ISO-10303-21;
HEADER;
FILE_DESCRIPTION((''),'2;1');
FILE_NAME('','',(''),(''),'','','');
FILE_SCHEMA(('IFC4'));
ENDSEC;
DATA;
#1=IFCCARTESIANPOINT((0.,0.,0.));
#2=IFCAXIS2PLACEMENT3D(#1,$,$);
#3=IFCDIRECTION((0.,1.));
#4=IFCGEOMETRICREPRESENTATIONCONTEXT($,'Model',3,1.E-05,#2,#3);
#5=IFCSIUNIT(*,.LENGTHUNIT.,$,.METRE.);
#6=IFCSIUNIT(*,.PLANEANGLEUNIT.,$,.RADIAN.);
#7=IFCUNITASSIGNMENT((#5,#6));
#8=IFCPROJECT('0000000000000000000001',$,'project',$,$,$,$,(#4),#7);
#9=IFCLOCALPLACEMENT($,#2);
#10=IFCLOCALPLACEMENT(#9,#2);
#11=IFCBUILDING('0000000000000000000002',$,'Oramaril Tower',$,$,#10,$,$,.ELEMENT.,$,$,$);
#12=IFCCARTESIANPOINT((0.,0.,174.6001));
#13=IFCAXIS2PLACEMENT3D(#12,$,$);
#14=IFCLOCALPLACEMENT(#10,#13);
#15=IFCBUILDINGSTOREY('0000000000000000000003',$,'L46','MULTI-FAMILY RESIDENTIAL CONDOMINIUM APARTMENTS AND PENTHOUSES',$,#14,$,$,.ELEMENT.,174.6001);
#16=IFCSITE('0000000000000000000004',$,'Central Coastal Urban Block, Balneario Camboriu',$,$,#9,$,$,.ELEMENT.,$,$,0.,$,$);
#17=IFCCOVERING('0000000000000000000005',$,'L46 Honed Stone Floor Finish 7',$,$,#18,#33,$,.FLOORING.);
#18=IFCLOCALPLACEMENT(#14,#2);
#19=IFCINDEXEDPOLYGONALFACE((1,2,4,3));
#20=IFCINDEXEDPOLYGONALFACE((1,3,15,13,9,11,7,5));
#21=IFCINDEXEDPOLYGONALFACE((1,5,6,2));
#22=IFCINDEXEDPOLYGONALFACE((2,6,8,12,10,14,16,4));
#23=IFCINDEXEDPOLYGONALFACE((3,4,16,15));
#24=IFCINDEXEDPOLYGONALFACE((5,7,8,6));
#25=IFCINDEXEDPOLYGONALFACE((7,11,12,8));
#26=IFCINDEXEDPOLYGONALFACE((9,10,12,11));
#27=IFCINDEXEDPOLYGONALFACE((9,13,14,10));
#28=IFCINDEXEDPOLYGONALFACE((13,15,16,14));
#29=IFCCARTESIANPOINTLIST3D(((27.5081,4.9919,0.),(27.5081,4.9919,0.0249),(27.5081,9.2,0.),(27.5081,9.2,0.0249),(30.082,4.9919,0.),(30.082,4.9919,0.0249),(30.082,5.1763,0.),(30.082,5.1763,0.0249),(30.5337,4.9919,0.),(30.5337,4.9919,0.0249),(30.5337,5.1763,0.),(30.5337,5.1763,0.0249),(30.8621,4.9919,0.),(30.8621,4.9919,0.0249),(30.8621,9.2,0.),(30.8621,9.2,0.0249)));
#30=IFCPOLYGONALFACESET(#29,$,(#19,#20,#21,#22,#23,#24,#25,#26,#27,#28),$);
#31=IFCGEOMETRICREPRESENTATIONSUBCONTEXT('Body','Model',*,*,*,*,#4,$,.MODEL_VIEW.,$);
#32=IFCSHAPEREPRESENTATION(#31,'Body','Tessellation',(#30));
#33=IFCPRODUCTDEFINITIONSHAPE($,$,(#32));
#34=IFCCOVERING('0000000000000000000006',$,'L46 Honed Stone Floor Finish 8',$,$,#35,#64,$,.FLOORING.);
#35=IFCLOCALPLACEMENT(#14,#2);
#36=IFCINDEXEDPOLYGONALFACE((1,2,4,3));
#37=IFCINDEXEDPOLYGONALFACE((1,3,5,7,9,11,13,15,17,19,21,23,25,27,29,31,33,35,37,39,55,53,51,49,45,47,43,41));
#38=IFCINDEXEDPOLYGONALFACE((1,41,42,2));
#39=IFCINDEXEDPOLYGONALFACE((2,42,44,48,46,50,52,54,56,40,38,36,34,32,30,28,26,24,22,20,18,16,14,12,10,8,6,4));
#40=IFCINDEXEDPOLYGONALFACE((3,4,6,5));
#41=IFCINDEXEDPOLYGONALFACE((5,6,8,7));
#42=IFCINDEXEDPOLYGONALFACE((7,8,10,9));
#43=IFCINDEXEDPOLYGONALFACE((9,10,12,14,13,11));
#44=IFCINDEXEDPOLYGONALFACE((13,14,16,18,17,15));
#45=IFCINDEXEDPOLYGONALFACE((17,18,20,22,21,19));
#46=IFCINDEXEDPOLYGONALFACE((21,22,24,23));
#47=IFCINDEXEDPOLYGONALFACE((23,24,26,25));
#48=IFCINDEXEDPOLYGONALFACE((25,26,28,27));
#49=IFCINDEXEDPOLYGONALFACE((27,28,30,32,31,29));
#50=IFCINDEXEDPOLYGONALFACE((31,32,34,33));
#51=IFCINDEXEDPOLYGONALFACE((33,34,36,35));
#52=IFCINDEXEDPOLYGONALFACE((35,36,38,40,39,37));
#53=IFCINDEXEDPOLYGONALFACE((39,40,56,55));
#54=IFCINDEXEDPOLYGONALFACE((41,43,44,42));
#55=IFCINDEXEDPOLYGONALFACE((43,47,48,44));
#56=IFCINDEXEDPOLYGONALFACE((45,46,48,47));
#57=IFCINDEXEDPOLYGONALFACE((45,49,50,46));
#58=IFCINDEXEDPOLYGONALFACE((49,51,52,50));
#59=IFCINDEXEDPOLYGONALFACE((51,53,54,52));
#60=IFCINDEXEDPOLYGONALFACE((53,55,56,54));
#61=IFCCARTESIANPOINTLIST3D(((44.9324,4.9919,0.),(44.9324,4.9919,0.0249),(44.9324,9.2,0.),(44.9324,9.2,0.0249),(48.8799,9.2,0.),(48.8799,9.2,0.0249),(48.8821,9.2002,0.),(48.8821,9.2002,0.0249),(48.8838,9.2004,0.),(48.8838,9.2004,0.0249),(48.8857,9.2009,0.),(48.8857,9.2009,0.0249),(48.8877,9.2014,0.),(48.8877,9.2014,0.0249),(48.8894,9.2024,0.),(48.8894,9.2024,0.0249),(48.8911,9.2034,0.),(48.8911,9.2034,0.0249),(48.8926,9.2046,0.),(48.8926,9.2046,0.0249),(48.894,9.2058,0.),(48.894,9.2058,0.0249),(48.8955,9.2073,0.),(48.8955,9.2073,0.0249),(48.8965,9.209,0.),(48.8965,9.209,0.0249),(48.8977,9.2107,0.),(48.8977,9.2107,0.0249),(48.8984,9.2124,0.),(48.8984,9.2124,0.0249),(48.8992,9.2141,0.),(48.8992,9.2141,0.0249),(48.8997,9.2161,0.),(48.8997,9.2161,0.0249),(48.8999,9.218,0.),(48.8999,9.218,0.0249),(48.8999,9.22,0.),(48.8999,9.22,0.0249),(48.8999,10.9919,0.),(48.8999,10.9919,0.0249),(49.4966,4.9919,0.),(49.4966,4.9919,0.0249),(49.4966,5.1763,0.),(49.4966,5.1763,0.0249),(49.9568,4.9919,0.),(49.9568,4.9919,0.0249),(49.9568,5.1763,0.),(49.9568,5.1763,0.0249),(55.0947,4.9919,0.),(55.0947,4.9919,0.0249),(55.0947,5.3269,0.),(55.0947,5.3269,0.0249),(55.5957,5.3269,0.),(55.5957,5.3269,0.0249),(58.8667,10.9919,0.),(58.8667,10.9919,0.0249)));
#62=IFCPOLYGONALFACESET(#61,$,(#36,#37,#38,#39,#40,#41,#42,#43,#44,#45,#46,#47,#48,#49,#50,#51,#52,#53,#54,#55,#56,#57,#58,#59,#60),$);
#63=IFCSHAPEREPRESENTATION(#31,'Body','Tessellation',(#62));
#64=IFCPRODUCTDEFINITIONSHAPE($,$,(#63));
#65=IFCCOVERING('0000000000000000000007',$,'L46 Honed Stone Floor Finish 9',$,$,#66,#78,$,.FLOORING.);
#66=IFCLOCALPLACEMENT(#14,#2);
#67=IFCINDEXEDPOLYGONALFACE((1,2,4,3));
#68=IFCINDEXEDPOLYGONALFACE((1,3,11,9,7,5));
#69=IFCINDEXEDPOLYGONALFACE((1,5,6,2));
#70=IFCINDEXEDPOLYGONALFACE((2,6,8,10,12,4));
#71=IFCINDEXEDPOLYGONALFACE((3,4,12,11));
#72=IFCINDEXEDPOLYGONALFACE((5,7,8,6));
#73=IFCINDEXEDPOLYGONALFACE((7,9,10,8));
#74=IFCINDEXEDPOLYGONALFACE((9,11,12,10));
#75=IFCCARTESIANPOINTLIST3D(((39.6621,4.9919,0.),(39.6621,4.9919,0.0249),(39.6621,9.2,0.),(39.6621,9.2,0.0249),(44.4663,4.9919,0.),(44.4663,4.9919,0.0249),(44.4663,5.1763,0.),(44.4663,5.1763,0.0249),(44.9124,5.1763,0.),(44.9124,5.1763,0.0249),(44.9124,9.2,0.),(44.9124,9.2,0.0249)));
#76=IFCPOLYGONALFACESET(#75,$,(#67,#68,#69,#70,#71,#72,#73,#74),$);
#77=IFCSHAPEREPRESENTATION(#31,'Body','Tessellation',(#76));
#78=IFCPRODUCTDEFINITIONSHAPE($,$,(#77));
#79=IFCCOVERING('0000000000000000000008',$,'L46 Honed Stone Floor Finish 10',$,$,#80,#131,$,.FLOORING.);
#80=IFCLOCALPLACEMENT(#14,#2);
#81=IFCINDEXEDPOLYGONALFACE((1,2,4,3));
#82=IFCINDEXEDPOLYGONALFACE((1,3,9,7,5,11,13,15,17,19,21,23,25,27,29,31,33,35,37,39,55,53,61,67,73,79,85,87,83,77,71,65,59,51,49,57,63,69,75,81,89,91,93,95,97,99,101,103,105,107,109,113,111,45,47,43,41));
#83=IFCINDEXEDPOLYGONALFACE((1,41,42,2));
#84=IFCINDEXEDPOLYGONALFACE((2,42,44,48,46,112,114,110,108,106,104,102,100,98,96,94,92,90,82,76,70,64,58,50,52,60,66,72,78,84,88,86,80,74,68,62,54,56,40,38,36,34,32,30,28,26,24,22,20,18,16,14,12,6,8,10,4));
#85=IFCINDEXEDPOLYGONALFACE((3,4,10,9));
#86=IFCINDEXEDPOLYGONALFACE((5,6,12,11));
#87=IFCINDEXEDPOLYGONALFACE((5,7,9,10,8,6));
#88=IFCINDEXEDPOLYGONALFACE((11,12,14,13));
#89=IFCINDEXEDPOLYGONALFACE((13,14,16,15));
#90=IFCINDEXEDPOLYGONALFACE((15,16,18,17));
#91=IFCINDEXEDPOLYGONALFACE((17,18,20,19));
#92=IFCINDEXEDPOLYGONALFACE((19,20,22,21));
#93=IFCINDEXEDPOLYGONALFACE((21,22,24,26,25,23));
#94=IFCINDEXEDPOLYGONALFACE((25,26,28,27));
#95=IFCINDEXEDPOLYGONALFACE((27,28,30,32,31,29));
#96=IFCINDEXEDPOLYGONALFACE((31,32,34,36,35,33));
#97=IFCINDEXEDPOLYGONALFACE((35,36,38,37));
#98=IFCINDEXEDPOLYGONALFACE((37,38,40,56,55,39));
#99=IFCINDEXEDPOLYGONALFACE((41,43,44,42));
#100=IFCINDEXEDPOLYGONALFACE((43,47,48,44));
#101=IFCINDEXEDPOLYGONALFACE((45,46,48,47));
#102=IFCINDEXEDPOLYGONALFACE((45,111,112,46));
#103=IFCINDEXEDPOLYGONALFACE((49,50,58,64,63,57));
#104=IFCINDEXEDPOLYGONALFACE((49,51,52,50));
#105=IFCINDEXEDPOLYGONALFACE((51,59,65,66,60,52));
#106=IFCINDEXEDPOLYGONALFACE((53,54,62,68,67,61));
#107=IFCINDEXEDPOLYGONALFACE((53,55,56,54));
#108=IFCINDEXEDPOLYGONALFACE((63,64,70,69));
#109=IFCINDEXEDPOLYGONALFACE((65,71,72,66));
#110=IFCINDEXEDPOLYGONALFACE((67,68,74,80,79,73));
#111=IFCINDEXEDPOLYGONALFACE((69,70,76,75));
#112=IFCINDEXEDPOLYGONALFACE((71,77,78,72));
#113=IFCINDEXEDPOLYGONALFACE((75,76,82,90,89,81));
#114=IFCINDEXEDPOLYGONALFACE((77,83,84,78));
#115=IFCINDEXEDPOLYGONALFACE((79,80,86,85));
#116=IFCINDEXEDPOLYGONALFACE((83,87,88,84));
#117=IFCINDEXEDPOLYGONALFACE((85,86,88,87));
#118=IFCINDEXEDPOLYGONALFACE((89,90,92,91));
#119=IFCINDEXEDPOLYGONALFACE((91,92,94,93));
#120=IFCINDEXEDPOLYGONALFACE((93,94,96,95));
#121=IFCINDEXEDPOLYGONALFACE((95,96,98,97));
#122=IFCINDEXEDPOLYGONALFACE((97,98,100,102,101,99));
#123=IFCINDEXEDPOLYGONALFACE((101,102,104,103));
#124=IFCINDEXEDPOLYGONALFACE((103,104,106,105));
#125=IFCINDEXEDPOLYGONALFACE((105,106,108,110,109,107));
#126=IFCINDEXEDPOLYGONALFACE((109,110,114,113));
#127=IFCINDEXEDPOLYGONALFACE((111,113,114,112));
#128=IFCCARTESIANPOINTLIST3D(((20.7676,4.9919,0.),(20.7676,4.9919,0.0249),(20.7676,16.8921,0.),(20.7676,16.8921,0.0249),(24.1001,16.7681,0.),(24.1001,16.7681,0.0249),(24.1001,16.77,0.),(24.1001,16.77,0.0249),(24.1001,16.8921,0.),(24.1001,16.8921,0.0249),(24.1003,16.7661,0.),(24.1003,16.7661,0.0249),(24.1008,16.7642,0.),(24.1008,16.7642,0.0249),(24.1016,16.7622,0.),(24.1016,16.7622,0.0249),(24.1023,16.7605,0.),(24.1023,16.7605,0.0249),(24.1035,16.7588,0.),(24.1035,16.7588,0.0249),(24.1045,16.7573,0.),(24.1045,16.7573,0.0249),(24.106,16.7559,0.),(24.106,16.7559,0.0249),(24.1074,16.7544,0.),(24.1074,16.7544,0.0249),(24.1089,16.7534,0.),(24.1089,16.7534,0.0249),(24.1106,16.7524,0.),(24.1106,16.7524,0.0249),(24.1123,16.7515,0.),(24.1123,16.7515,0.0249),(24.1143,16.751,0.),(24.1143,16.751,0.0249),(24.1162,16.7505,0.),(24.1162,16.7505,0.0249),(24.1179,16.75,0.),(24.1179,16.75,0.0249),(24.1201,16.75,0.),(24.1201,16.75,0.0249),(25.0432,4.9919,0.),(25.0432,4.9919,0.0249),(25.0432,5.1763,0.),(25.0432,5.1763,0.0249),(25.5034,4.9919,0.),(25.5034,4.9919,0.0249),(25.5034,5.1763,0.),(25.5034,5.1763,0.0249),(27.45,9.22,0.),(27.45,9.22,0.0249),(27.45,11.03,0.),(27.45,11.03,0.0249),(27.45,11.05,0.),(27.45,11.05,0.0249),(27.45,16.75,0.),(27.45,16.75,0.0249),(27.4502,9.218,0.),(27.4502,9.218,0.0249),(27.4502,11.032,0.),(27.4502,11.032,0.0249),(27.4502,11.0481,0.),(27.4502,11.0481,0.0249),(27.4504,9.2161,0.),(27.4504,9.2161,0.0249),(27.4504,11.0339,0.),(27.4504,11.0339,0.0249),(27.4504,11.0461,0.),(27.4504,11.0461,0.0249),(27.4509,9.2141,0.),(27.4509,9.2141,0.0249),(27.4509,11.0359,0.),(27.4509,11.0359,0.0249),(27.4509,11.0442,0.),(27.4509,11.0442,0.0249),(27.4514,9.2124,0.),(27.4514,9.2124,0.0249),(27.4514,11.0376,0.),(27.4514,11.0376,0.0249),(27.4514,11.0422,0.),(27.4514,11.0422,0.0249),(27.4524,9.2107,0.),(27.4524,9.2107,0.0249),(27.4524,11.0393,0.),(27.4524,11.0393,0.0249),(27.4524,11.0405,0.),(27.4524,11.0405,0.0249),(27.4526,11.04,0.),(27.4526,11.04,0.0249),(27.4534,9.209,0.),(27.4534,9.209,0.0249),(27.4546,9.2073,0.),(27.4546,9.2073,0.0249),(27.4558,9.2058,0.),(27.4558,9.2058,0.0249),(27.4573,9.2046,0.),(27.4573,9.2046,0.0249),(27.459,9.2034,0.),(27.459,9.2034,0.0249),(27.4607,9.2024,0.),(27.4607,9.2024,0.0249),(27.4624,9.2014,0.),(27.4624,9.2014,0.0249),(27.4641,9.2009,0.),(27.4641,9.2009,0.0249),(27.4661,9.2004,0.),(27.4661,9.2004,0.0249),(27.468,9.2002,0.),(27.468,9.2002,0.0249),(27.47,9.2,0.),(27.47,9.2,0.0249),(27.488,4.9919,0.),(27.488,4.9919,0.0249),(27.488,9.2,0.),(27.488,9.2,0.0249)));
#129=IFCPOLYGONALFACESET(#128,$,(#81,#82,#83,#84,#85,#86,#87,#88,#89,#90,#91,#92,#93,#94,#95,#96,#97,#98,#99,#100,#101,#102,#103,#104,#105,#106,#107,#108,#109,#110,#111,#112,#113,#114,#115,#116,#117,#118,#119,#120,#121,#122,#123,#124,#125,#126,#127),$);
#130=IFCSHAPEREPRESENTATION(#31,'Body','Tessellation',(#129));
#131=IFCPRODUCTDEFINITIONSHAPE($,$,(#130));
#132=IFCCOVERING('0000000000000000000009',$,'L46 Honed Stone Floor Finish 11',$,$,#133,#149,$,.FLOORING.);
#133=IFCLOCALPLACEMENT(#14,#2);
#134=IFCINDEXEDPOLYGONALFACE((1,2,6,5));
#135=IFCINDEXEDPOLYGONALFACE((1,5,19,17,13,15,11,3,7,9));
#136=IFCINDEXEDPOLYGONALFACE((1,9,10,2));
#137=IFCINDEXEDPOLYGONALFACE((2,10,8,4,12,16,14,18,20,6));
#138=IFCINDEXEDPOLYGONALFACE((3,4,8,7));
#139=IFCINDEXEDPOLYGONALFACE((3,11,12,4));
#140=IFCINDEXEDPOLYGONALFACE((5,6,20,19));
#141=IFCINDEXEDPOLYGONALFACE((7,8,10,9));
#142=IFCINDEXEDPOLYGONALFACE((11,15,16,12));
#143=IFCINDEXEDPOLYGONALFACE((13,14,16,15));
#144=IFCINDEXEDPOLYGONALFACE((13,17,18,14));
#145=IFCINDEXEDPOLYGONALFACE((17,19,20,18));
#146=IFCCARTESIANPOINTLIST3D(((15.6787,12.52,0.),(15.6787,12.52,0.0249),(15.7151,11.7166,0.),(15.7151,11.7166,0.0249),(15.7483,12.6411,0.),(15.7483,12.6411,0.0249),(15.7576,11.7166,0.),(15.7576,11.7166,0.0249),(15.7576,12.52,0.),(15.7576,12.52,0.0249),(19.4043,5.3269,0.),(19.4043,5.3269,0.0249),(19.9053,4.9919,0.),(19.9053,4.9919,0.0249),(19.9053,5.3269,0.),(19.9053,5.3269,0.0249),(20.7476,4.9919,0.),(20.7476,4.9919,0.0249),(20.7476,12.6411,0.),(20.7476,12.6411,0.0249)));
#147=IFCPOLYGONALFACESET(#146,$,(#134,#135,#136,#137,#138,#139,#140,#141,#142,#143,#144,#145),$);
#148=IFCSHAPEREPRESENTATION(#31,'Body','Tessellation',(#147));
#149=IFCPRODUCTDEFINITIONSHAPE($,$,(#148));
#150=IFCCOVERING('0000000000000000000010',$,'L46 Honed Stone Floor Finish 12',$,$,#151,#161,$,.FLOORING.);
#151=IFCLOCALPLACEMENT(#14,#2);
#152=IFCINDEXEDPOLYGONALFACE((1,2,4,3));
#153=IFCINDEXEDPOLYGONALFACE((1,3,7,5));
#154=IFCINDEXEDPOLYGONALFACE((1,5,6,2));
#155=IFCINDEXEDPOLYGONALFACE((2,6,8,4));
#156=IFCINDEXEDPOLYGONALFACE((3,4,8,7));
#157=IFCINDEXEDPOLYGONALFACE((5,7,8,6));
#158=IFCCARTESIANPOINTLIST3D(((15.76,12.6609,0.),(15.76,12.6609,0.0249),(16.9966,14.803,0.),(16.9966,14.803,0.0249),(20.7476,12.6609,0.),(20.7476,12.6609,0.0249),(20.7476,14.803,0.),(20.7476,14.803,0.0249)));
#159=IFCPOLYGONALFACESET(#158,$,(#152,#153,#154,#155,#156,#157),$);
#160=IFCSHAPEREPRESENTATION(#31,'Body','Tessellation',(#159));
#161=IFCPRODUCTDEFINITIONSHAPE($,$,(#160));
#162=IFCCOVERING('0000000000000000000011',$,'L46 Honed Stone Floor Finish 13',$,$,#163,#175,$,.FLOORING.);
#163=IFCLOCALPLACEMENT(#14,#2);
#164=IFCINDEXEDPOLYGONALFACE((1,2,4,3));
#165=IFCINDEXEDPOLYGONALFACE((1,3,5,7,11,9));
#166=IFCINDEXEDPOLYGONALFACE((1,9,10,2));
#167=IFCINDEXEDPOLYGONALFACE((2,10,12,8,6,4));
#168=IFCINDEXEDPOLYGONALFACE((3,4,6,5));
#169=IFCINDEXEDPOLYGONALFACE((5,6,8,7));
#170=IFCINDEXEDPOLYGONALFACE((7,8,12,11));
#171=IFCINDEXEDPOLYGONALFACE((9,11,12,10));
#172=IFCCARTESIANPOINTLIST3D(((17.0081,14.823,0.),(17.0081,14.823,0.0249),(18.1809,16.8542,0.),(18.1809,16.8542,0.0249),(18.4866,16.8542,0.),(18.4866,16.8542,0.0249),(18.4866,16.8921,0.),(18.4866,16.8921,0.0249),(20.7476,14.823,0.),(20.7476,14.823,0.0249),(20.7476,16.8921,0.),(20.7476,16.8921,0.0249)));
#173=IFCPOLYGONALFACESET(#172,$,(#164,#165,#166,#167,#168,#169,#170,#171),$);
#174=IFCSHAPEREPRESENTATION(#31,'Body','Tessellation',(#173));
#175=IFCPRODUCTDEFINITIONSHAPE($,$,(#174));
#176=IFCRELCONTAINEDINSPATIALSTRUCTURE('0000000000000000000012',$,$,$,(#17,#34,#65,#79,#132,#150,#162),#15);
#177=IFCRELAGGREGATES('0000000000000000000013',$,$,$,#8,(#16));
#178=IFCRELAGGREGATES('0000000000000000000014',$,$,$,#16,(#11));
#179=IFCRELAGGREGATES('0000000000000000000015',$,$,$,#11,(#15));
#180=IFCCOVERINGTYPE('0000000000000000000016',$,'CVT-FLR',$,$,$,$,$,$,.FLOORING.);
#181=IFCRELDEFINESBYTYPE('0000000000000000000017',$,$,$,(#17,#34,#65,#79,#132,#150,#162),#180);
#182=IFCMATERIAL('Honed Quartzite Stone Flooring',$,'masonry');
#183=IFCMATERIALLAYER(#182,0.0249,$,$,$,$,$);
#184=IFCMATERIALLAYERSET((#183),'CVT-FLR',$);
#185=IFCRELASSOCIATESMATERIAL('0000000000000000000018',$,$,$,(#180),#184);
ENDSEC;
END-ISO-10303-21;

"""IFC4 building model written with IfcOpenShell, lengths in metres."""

from ifc_helpers import new_model, si_unit, direction, frame, origin, place, context, subcontext, project, spatial, polyline, outline, extrude, material, layer, layer_set, type_object, element, save


model = new_model("IFC4")

# Units and contexts
model_context = context("Model", 3, precision=1e-05, world=origin(), true_north=direction((0.0, 1.0)))
body_context = subcontext(model_context, "Body", "Model", "MODEL_VIEW")
ifc_project = project(units=[si_unit("LENGTHUNIT", "METRE"), si_unit("PLANEANGLEUNIT", "RADIAN")], contexts=[model_context])

# Site, building, storey
site_placement = place(None, origin())
site = spatial("IfcSite", under=ifc_project, at=site_placement, Name="Central Coastal Urban Block, Balneario Camboriu", CompositionType="ELEMENT", RefElevation=0.0)
building_placement = place(site_placement, origin())
building = spatial("IfcBuilding", under=site, at=building_placement, Name="Oramaril Tower", CompositionType="ELEMENT")
storey_placement = place(building_placement, frame((0.0, 0.0, 174.6001)))
storey = spatial("IfcBuildingStorey", under=building, at=storey_placement, Name="L46", Description="MULTI-FAMILY RESIDENTIAL CONDOMINIUM APARTMENTS AND PENTHOUSES", CompositionType="ELEMENT", Elevation=174.6001)

# Coverings
ifc_material_1 = material(Name="Honed Quartzite Stone Flooring", Category="masonry")
ifc_layer_1 = layer(ifc_material_1, 0.0249)
ifc_layer_set_1 = layer_set([ifc_layer_1], Name="CVT-FLR")
covering_type_1 = type_object("IfcCoveringType", Name="CVT-FLR", PredefinedType="FLOORING", material=ifc_layer_set_1)
covering_1_placement = place(storey_placement, origin())
element("IfcCovering", 1, at=covering_1_placement, inside=storey, type_object=covering_type_1, Name="L46 Honed Stone Floor Finish 7", PredefinedType="FLOORING", context=body_context, shape_type="SweptSolid", body=[
    extrude(outline(polyline([(30.5337, 5.1763), (30.082, 5.1763), (30.082, 4.9919), (27.5081, 4.9919), (27.5081, 9.2), (30.8621, 9.2), (30.8621, 4.9919), (30.5337, 4.9919), (30.5337, 5.1763)])), origin(), (0.0, 0.0, 1.0), 0.0249),
])
covering_2_placement = place(storey_placement, origin())
element("IfcCovering", 2, at=covering_2_placement, inside=storey, type_object=covering_type_1, Name="L46 Honed Stone Floor Finish 8", PredefinedType="FLOORING", context=body_context, shape_type="SweptSolid", body=[
    extrude(outline(polyline([(55.5957, 5.3269), (55.0947, 5.3269), (55.0947, 4.9919), (49.9568, 4.9919), (49.9568, 5.1763), (49.4966, 5.1763), (49.4966, 4.9919), (44.9324, 4.9919), (44.9324, 9.2), (48.8799, 9.2), (48.8821, 9.2002), (48.8838, 9.2004), (48.8857, 9.2009), (48.8877, 9.2014), (48.8894, 9.2024), (48.8911, 9.2034), (48.8926, 9.2046), (48.894, 9.2058), (48.8955, 9.2073), (48.8965, 9.209), (48.8977, 9.2107), (48.8984, 9.2124), (48.8992, 9.2141), (48.8997, 9.2161), (48.8999, 9.218), (48.8999, 9.22), (48.8999, 10.9919), (58.8667, 10.9919), (55.5957, 5.3269)])), origin(), (0.0, 0.0, 1.0), 0.0249),
])
covering_3_placement = place(storey_placement, origin())
element("IfcCovering", 3, at=covering_3_placement, inside=storey, type_object=covering_type_1, Name="L46 Honed Stone Floor Finish 9", PredefinedType="FLOORING", context=body_context, shape_type="SweptSolid", body=[
    extrude(outline(polyline([(44.4663, 5.1763), (44.4663, 4.9919), (39.6621, 4.9919), (39.6621, 9.2), (44.9124, 9.2), (44.9124, 5.1763), (44.4663, 5.1763)])), origin(), (0.0, 0.0, 1.0), 0.0249),
])
covering_4_placement = place(storey_placement, origin())
element("IfcCovering", 4, at=covering_4_placement, inside=storey, type_object=covering_type_1, Name="L46 Honed Stone Floor Finish 10", PredefinedType="FLOORING", context=body_context, shape_type="SweptSolid", body=[
    extrude(outline(polyline([(25.5034, 4.9919), (25.5034, 5.1763), (25.0432, 5.1763), (25.0432, 4.9919), (20.7676, 4.9919), (20.7676, 16.8921), (24.1001, 16.8921), (24.1001, 16.77), (24.1001, 16.7681), (24.1003, 16.7661), (24.1008, 16.7642), (24.1016, 16.7622), (24.1023, 16.7605), (24.1035, 16.7588), (24.1045, 16.7573), (24.106, 16.7559), (24.1074, 16.7544), (24.1089, 16.7534), (24.1106, 16.7524), (24.1123, 16.7515), (24.1143, 16.751), (24.1162, 16.7505), (24.1179, 16.75), (24.1201, 16.75), (27.45, 16.75), (27.45, 11.05), (27.4502, 11.0481), (27.4504, 11.0461), (27.4509, 11.0442), (27.4514, 11.0422), (27.4524, 11.0405), (27.4526, 11.04), (27.4524, 11.0393), (27.4514, 11.0376), (27.4509, 11.0359), (27.4504, 11.0339), (27.4502, 11.032), (27.45, 11.03), (27.45, 9.22), (27.4502, 9.218), (27.4504, 9.2161), (27.4509, 9.2141), (27.4514, 9.2124), (27.4524, 9.2107), (27.4534, 9.209), (27.4546, 9.2073), (27.4558, 9.2058), (27.4573, 9.2046), (27.459, 9.2034), (27.4607, 9.2024), (27.4624, 9.2014), (27.4641, 9.2009), (27.4661, 9.2004), (27.468, 9.2002), (27.47, 9.2), (27.488, 9.2), (27.488, 4.9919), (25.5034, 4.9919)])), origin(), (0.0, 0.0, 1.0), 0.0249),
])
covering_5_placement = place(storey_placement, origin())
element("IfcCovering", 5, at=covering_5_placement, inside=storey, type_object=covering_type_1, Name="L46 Honed Stone Floor Finish 11", PredefinedType="FLOORING", context=body_context, shape_type="SweptSolid", body=[
    extrude(outline(polyline([(19.9053, 4.9919), (19.9053, 5.3269), (19.4043, 5.3269), (15.7151, 11.7166), (15.7576, 11.7166), (15.7576, 12.52), (15.6787, 12.52), (15.7483, 12.6411), (20.7476, 12.6411), (20.7476, 4.9919), (19.9053, 4.9919)])), origin(), (0.0, 0.0, 1.0), 0.0249),
])
covering_6_placement = place(storey_placement, origin())
element("IfcCovering", 6, at=covering_6_placement, inside=storey, type_object=covering_type_1, Name="L46 Honed Stone Floor Finish 12", PredefinedType="FLOORING", context=body_context, shape_type="SweptSolid", body=[
    extrude(outline(polyline([(16.9966, 14.803), (20.7476, 14.803), (20.7476, 12.6609), (15.76, 12.6609), (16.9966, 14.803)])), origin(), (0.0, 0.0, 1.0), 0.0249),
])
covering_7_placement = place(storey_placement, origin())
element("IfcCovering", 7, at=covering_7_placement, inside=storey, type_object=covering_type_1, Name="L46 Honed Stone Floor Finish 13", PredefinedType="FLOORING", context=body_context, shape_type="SweptSolid", body=[
    extrude(outline(polyline([(18.1809, 16.8542), (18.4866, 16.8542), (18.4866, 16.8921), (20.7476, 16.8921), (20.7476, 14.823), (17.0081, 14.823), (18.1809, 16.8542)])), origin(), (0.0, 0.0, 1.0), 0.0249),
])

save(model, "model.ifc")
